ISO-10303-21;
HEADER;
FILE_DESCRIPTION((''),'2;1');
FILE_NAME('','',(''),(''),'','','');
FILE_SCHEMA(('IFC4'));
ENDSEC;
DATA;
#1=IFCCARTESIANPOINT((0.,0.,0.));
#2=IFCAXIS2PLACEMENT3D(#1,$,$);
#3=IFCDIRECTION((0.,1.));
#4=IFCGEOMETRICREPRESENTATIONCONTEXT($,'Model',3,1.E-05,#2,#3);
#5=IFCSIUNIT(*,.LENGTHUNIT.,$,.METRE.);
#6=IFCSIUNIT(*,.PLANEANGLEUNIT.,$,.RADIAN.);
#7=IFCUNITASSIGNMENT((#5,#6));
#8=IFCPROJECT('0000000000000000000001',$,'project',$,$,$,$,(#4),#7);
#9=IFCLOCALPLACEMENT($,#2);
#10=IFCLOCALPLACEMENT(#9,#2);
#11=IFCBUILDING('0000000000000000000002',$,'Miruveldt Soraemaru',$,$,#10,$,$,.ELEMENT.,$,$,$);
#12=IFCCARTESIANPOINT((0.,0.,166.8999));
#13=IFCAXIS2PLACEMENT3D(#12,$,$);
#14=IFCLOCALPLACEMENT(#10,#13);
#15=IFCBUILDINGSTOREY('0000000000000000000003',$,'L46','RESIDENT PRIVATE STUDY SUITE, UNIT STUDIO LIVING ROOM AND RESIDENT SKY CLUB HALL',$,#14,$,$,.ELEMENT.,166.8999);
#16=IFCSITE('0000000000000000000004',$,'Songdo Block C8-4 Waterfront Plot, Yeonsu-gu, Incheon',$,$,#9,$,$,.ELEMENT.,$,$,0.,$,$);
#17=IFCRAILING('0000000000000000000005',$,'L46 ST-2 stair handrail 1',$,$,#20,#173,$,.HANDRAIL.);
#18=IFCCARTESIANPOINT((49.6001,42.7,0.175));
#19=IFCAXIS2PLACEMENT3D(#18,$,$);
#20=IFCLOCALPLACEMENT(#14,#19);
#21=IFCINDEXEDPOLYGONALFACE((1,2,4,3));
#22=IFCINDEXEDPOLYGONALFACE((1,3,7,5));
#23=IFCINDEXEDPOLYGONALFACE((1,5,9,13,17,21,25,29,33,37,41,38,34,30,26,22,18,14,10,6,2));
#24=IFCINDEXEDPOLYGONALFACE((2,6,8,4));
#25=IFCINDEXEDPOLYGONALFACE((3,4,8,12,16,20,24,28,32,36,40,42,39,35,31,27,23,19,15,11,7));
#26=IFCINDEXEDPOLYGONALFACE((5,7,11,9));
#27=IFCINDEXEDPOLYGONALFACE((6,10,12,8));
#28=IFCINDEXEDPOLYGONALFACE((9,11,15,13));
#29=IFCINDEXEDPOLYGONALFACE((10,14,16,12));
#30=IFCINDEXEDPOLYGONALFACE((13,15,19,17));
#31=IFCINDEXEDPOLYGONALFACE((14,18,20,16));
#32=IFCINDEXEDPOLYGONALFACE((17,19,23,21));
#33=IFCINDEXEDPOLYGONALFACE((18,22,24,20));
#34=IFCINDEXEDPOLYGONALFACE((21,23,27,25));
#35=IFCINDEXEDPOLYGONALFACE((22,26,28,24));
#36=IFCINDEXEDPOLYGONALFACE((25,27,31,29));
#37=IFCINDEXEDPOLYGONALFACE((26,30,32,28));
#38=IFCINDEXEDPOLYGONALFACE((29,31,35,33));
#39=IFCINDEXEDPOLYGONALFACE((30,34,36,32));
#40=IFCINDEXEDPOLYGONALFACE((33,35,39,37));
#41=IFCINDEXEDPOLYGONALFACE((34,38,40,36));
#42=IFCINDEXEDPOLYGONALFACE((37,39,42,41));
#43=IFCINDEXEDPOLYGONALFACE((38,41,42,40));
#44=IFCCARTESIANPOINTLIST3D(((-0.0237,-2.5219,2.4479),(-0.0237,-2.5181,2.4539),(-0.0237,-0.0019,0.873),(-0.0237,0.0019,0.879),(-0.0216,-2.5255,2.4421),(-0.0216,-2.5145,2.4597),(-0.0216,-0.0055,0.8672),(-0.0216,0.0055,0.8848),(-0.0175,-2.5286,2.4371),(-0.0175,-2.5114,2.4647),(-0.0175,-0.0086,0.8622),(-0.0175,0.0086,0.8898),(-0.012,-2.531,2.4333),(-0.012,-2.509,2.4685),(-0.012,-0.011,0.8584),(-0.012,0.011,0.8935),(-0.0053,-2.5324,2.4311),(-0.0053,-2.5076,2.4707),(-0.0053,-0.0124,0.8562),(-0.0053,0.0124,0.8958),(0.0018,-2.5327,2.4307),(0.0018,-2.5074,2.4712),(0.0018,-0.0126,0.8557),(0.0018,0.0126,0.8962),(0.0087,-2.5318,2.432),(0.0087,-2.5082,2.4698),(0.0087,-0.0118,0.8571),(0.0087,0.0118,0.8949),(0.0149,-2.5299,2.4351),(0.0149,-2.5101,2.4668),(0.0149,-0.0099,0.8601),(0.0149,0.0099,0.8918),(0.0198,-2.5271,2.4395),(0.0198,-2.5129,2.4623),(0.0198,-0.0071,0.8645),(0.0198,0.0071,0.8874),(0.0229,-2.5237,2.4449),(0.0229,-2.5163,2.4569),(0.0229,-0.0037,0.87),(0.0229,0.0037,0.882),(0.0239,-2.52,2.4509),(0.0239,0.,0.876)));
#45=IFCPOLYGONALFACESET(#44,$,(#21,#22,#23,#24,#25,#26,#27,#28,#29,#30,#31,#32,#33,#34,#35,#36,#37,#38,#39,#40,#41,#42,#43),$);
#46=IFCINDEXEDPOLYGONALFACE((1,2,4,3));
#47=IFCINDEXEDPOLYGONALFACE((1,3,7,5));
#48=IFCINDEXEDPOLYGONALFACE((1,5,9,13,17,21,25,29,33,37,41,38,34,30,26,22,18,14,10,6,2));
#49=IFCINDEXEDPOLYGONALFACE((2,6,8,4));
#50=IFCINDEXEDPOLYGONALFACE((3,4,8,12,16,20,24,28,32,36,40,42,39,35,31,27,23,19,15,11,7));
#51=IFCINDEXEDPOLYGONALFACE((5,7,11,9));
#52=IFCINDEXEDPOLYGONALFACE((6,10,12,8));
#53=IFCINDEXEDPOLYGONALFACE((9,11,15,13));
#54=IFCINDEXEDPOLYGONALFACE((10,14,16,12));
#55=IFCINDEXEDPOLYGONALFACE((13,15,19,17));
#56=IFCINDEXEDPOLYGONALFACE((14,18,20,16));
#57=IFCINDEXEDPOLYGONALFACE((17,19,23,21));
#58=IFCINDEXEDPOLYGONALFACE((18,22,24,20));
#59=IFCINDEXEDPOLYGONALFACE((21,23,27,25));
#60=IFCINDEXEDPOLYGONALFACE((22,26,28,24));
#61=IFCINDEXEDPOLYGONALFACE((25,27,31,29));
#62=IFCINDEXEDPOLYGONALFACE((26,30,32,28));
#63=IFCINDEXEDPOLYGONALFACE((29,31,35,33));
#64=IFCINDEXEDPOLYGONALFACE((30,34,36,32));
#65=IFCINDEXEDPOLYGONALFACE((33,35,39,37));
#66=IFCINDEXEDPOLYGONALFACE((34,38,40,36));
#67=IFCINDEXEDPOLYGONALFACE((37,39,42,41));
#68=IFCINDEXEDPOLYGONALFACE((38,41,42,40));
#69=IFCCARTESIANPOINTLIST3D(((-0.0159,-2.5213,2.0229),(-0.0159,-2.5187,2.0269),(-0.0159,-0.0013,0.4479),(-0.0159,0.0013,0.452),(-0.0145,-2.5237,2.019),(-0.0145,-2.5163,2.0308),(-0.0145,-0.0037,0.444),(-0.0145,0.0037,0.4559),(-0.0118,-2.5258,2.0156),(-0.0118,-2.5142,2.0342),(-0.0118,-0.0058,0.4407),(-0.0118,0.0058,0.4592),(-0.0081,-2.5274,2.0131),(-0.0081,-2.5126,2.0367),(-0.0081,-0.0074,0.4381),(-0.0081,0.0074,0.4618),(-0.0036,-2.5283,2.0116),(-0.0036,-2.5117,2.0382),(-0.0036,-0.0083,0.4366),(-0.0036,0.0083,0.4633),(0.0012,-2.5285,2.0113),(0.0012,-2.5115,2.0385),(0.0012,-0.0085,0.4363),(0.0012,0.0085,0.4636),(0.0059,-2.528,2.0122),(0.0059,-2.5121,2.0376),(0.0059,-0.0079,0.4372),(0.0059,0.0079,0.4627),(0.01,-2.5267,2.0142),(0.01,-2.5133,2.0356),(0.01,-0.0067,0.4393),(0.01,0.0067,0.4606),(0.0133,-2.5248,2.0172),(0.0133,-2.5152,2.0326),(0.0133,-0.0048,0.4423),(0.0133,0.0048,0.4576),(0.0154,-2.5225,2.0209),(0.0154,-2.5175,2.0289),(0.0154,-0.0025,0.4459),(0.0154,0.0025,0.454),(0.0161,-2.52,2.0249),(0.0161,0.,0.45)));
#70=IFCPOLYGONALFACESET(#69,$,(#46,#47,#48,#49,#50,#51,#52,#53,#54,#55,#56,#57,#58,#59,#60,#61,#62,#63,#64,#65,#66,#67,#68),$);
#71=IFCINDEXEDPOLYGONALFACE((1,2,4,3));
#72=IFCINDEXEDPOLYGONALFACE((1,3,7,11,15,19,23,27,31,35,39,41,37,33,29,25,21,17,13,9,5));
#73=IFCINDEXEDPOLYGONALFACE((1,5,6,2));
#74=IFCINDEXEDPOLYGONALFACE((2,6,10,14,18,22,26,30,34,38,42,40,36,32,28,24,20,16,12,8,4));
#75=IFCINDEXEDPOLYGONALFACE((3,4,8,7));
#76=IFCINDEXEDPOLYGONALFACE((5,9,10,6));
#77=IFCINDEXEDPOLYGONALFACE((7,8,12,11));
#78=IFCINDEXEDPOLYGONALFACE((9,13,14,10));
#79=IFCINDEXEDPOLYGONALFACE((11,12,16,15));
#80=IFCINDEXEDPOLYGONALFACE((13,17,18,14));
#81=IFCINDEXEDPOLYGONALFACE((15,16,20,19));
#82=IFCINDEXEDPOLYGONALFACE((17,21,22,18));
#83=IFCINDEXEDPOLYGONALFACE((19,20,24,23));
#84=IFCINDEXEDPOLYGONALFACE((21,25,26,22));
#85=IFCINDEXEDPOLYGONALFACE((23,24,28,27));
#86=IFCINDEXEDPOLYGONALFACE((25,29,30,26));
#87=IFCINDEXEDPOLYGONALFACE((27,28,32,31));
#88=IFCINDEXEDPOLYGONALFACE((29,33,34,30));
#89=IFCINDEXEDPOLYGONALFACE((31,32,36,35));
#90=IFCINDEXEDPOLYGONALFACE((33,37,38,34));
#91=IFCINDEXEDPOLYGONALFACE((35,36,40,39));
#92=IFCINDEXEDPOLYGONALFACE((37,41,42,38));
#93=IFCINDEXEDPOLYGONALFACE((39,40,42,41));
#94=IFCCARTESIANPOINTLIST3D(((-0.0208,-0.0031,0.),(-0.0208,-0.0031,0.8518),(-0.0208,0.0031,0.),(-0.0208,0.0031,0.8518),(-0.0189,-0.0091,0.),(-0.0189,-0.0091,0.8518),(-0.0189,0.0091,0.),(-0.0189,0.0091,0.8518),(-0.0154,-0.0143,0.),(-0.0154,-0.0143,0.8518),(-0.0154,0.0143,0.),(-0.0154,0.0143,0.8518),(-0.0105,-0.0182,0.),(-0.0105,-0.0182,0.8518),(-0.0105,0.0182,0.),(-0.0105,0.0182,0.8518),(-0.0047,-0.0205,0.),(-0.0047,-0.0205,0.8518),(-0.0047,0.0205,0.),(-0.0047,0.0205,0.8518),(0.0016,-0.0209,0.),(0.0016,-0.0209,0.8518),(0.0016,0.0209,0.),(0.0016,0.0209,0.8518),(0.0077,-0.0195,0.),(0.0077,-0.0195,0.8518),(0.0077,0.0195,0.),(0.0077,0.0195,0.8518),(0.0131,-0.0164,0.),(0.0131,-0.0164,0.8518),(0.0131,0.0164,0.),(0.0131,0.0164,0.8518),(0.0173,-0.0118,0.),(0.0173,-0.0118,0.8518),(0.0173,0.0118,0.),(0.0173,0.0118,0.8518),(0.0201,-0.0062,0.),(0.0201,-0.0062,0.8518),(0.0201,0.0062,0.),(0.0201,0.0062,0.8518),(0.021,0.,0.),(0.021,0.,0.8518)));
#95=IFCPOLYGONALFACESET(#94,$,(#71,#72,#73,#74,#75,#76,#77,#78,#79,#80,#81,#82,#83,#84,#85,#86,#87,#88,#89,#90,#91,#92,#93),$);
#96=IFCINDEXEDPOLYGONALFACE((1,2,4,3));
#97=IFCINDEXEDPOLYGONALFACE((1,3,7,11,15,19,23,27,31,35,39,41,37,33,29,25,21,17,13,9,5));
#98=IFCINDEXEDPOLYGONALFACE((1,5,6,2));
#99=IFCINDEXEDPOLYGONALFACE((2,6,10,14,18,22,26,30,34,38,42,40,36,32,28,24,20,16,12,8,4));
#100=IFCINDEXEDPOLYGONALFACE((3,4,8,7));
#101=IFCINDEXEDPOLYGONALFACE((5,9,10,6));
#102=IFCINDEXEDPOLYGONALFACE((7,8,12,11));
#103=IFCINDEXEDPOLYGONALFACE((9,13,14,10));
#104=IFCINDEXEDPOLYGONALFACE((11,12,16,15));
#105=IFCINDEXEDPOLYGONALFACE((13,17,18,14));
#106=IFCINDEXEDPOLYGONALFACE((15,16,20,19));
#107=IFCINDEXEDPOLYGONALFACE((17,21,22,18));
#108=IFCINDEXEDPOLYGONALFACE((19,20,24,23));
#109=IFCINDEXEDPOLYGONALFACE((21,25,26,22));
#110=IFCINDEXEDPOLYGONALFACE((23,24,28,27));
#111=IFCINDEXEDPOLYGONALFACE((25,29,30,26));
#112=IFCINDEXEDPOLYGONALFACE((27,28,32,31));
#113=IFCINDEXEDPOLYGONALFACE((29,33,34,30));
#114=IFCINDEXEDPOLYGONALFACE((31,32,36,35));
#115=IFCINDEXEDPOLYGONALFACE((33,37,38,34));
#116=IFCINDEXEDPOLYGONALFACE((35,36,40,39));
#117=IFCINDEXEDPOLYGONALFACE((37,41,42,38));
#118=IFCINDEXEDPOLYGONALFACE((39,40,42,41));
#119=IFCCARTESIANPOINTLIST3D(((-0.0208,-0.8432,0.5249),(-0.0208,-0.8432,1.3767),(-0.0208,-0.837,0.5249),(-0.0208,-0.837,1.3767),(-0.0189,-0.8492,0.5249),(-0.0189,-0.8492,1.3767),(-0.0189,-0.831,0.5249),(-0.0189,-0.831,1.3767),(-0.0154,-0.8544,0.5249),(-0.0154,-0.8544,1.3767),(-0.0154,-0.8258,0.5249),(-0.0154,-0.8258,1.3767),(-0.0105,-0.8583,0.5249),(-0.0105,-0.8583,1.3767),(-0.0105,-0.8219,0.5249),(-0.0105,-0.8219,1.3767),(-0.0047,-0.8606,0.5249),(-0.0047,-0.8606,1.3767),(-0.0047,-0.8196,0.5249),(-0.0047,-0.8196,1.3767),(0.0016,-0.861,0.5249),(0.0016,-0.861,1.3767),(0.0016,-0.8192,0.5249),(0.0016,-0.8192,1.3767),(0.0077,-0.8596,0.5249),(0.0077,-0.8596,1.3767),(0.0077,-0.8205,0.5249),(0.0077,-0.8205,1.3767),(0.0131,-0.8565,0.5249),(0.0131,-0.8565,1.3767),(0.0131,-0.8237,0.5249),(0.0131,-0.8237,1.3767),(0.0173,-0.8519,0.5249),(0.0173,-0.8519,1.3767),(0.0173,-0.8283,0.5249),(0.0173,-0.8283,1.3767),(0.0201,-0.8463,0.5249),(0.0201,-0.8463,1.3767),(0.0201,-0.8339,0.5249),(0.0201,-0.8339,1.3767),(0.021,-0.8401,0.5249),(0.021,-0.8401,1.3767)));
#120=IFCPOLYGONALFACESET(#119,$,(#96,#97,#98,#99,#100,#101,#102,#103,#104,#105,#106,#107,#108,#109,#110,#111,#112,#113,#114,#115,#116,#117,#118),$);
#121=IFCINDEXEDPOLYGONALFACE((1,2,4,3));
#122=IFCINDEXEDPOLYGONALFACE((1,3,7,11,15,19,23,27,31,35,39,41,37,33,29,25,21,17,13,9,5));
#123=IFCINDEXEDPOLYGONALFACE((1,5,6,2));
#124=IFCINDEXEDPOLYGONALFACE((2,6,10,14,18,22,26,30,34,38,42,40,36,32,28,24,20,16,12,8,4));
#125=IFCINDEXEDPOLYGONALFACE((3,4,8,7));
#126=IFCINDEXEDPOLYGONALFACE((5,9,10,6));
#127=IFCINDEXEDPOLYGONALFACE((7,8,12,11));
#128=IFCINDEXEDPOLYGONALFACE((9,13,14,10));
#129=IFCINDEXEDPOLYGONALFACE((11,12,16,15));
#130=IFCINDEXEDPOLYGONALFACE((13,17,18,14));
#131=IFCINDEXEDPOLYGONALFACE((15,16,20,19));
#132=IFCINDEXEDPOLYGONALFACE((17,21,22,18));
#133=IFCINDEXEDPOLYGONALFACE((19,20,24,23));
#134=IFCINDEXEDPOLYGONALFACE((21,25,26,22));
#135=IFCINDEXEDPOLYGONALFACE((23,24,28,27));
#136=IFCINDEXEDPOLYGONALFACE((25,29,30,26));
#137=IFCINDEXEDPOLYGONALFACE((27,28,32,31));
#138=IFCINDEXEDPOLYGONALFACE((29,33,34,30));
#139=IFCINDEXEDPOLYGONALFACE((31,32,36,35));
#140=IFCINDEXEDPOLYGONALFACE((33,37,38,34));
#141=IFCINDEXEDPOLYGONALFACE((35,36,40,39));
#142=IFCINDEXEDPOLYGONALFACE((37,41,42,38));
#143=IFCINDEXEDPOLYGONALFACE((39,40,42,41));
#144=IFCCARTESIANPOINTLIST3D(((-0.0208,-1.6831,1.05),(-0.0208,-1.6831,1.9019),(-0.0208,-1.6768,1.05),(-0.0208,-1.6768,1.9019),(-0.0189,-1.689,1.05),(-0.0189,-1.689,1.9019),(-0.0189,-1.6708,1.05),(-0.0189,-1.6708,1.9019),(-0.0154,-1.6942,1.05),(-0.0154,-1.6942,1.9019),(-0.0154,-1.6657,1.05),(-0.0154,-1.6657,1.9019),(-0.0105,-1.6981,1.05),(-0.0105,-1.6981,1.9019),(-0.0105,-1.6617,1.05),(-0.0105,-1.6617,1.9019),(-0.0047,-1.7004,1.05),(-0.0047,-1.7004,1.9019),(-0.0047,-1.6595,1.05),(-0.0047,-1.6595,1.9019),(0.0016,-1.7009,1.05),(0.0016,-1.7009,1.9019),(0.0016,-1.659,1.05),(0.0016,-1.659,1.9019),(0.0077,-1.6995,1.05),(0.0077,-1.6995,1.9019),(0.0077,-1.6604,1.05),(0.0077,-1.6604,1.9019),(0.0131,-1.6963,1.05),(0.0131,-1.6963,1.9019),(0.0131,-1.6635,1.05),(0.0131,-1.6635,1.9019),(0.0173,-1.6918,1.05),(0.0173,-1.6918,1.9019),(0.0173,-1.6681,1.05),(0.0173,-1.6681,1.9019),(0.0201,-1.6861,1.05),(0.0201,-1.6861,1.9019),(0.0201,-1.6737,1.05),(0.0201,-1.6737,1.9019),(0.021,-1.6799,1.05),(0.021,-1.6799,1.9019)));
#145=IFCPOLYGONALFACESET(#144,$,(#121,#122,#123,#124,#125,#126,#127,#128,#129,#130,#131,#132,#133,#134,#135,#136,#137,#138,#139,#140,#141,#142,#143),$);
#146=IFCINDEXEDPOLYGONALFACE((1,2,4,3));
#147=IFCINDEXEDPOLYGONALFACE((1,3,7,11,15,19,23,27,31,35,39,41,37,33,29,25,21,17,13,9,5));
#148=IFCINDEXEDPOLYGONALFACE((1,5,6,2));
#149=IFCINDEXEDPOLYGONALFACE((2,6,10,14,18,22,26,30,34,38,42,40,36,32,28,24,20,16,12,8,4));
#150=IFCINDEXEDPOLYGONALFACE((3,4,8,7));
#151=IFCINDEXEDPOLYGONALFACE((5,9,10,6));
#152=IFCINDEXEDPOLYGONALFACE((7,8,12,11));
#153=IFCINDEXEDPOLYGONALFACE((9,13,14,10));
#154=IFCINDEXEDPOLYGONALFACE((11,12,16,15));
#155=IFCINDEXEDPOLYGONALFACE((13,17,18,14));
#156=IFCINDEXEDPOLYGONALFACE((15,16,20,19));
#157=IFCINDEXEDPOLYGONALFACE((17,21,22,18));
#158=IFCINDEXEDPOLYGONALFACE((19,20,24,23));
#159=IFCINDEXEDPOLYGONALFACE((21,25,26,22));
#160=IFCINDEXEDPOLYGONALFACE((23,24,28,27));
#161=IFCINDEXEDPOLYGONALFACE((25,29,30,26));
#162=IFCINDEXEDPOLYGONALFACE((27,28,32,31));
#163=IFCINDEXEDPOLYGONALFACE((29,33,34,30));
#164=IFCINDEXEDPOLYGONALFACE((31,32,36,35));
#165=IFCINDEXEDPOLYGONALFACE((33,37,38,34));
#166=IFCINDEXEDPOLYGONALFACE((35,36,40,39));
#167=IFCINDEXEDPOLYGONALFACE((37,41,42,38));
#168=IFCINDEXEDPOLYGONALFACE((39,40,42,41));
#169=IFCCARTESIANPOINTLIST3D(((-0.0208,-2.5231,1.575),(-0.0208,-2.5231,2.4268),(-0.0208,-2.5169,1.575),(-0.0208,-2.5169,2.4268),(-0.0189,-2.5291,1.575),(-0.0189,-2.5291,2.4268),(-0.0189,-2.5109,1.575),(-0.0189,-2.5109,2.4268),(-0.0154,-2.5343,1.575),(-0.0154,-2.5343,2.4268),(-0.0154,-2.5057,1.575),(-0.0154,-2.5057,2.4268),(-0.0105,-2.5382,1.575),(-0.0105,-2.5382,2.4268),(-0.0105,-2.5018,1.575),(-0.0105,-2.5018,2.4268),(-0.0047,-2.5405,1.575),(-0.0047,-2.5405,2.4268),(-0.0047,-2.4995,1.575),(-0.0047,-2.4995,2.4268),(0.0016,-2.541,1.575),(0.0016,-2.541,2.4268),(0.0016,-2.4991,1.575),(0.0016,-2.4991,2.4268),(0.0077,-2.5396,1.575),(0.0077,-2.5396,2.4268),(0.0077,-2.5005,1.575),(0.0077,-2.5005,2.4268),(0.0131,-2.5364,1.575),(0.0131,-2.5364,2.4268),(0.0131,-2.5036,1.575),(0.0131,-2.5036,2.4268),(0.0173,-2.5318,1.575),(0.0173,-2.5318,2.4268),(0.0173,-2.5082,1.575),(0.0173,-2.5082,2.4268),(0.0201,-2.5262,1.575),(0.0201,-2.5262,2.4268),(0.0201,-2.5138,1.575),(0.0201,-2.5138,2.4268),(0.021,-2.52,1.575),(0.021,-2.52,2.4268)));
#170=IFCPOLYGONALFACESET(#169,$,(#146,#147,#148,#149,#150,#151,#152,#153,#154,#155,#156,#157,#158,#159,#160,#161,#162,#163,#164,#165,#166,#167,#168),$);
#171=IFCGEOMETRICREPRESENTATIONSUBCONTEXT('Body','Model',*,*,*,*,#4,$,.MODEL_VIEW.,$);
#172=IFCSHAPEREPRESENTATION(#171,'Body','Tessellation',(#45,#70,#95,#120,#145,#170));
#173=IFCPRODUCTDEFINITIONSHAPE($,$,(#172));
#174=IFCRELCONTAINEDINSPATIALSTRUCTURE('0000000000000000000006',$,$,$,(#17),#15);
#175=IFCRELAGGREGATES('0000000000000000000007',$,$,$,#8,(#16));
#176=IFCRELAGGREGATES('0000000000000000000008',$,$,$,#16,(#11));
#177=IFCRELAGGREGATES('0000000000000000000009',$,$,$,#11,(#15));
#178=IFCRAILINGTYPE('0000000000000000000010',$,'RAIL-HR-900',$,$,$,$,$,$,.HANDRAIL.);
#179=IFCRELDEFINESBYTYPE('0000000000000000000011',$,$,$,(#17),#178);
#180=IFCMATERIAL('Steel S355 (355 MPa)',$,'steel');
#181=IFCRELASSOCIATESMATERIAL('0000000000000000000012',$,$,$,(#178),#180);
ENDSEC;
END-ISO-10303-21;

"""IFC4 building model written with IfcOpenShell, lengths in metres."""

from ifc_helpers import new_model, si_unit, direction, frame, origin, origin_2d, place, context, subcontext, project, spatial, circle, extrude, material, type_object, element, save


model = new_model("IFC4")

# Units and contexts
model_context = context("Model", 3, precision=1e-05, world=origin(), true_north=direction((0.0, 1.0)))
body_context = subcontext(model_context, "Body", "Model", "MODEL_VIEW")
ifc_project = project(units=[si_unit("LENGTHUNIT", "METRE"), si_unit("PLANEANGLEUNIT", "RADIAN")], contexts=[model_context])

# Site, building, storey
site_placement = place(None, origin())
site = spatial("IfcSite", under=ifc_project, at=site_placement, Name="Songdo Block C8-4 Waterfront Plot, Yeonsu-gu, Incheon", CompositionType="ELEMENT", RefElevation=0.0)
building_placement = place(site_placement, origin())
building = spatial("IfcBuilding", under=site, at=building_placement, Name="Miruveldt Soraemaru", CompositionType="ELEMENT")
storey_placement = place(building_placement, frame((0.0, 0.0, 166.8999)))
storey = spatial("IfcBuildingStorey", under=building, at=storey_placement, Name="L46", Description="RESIDENT PRIVATE STUDY SUITE, UNIT STUDIO LIVING ROOM AND RESIDENT SKY CLUB HALL", CompositionType="ELEMENT", Elevation=166.8999)

# Railing
ifc_material_1 = material(Name="Steel S355 (355 MPa)", Category="steel")
railing_type_1 = type_object("IfcRailingType", Name="RAIL-HR-900", PredefinedType="HANDRAIL", material=ifc_material_1)
railing_1_placement = place(storey_placement, frame((49.6001, 42.7, 0.175)))
element("IfcRailing", 1, at=railing_1_placement, inside=storey, type_object=railing_type_1, Name="L46 ST-2 stair handrail 1", PredefinedType="HANDRAIL", context=body_context, shape_type="SweptSolid", body=[
    extrude(circle(Radius=0.0239, at=origin_2d()), frame((0.0, 0.0, 0.876), z_axis=(0.0, -0.848008, 0.529984), x_axis=(1.0, 0.0, 0.0)), (0.0, 0.0, 1.0), 2.9717),
    extrude(circle(Radius=0.0161, at=origin_2d()), frame((0.0, 0.0, 0.45), z_axis=(0.0, -0.848008, 0.529984), x_axis=(1.0, 0.0, 0.0)), (0.0, 0.0, 1.0), 2.9717),
    extrude(circle(Radius=0.021, at=origin_2d()), origin(), (0.0, 0.0, 1.0), 0.8518),
    extrude(circle(Radius=0.021, at=origin_2d()), frame((0.0, -0.8401, 0.5249)), (0.0, 0.0, 1.0), 0.8518),
    extrude(circle(Radius=0.021, at=origin_2d()), frame((0.0, -1.6799, 1.05)), (0.0, 0.0, 1.0), 0.8518),
    extrude(circle(Radius=0.021, at=origin_2d()), frame((0.0, -2.52, 1.575)), (0.0, 0.0, 1.0), 0.8518),
])

save(model, "model.ifc")
